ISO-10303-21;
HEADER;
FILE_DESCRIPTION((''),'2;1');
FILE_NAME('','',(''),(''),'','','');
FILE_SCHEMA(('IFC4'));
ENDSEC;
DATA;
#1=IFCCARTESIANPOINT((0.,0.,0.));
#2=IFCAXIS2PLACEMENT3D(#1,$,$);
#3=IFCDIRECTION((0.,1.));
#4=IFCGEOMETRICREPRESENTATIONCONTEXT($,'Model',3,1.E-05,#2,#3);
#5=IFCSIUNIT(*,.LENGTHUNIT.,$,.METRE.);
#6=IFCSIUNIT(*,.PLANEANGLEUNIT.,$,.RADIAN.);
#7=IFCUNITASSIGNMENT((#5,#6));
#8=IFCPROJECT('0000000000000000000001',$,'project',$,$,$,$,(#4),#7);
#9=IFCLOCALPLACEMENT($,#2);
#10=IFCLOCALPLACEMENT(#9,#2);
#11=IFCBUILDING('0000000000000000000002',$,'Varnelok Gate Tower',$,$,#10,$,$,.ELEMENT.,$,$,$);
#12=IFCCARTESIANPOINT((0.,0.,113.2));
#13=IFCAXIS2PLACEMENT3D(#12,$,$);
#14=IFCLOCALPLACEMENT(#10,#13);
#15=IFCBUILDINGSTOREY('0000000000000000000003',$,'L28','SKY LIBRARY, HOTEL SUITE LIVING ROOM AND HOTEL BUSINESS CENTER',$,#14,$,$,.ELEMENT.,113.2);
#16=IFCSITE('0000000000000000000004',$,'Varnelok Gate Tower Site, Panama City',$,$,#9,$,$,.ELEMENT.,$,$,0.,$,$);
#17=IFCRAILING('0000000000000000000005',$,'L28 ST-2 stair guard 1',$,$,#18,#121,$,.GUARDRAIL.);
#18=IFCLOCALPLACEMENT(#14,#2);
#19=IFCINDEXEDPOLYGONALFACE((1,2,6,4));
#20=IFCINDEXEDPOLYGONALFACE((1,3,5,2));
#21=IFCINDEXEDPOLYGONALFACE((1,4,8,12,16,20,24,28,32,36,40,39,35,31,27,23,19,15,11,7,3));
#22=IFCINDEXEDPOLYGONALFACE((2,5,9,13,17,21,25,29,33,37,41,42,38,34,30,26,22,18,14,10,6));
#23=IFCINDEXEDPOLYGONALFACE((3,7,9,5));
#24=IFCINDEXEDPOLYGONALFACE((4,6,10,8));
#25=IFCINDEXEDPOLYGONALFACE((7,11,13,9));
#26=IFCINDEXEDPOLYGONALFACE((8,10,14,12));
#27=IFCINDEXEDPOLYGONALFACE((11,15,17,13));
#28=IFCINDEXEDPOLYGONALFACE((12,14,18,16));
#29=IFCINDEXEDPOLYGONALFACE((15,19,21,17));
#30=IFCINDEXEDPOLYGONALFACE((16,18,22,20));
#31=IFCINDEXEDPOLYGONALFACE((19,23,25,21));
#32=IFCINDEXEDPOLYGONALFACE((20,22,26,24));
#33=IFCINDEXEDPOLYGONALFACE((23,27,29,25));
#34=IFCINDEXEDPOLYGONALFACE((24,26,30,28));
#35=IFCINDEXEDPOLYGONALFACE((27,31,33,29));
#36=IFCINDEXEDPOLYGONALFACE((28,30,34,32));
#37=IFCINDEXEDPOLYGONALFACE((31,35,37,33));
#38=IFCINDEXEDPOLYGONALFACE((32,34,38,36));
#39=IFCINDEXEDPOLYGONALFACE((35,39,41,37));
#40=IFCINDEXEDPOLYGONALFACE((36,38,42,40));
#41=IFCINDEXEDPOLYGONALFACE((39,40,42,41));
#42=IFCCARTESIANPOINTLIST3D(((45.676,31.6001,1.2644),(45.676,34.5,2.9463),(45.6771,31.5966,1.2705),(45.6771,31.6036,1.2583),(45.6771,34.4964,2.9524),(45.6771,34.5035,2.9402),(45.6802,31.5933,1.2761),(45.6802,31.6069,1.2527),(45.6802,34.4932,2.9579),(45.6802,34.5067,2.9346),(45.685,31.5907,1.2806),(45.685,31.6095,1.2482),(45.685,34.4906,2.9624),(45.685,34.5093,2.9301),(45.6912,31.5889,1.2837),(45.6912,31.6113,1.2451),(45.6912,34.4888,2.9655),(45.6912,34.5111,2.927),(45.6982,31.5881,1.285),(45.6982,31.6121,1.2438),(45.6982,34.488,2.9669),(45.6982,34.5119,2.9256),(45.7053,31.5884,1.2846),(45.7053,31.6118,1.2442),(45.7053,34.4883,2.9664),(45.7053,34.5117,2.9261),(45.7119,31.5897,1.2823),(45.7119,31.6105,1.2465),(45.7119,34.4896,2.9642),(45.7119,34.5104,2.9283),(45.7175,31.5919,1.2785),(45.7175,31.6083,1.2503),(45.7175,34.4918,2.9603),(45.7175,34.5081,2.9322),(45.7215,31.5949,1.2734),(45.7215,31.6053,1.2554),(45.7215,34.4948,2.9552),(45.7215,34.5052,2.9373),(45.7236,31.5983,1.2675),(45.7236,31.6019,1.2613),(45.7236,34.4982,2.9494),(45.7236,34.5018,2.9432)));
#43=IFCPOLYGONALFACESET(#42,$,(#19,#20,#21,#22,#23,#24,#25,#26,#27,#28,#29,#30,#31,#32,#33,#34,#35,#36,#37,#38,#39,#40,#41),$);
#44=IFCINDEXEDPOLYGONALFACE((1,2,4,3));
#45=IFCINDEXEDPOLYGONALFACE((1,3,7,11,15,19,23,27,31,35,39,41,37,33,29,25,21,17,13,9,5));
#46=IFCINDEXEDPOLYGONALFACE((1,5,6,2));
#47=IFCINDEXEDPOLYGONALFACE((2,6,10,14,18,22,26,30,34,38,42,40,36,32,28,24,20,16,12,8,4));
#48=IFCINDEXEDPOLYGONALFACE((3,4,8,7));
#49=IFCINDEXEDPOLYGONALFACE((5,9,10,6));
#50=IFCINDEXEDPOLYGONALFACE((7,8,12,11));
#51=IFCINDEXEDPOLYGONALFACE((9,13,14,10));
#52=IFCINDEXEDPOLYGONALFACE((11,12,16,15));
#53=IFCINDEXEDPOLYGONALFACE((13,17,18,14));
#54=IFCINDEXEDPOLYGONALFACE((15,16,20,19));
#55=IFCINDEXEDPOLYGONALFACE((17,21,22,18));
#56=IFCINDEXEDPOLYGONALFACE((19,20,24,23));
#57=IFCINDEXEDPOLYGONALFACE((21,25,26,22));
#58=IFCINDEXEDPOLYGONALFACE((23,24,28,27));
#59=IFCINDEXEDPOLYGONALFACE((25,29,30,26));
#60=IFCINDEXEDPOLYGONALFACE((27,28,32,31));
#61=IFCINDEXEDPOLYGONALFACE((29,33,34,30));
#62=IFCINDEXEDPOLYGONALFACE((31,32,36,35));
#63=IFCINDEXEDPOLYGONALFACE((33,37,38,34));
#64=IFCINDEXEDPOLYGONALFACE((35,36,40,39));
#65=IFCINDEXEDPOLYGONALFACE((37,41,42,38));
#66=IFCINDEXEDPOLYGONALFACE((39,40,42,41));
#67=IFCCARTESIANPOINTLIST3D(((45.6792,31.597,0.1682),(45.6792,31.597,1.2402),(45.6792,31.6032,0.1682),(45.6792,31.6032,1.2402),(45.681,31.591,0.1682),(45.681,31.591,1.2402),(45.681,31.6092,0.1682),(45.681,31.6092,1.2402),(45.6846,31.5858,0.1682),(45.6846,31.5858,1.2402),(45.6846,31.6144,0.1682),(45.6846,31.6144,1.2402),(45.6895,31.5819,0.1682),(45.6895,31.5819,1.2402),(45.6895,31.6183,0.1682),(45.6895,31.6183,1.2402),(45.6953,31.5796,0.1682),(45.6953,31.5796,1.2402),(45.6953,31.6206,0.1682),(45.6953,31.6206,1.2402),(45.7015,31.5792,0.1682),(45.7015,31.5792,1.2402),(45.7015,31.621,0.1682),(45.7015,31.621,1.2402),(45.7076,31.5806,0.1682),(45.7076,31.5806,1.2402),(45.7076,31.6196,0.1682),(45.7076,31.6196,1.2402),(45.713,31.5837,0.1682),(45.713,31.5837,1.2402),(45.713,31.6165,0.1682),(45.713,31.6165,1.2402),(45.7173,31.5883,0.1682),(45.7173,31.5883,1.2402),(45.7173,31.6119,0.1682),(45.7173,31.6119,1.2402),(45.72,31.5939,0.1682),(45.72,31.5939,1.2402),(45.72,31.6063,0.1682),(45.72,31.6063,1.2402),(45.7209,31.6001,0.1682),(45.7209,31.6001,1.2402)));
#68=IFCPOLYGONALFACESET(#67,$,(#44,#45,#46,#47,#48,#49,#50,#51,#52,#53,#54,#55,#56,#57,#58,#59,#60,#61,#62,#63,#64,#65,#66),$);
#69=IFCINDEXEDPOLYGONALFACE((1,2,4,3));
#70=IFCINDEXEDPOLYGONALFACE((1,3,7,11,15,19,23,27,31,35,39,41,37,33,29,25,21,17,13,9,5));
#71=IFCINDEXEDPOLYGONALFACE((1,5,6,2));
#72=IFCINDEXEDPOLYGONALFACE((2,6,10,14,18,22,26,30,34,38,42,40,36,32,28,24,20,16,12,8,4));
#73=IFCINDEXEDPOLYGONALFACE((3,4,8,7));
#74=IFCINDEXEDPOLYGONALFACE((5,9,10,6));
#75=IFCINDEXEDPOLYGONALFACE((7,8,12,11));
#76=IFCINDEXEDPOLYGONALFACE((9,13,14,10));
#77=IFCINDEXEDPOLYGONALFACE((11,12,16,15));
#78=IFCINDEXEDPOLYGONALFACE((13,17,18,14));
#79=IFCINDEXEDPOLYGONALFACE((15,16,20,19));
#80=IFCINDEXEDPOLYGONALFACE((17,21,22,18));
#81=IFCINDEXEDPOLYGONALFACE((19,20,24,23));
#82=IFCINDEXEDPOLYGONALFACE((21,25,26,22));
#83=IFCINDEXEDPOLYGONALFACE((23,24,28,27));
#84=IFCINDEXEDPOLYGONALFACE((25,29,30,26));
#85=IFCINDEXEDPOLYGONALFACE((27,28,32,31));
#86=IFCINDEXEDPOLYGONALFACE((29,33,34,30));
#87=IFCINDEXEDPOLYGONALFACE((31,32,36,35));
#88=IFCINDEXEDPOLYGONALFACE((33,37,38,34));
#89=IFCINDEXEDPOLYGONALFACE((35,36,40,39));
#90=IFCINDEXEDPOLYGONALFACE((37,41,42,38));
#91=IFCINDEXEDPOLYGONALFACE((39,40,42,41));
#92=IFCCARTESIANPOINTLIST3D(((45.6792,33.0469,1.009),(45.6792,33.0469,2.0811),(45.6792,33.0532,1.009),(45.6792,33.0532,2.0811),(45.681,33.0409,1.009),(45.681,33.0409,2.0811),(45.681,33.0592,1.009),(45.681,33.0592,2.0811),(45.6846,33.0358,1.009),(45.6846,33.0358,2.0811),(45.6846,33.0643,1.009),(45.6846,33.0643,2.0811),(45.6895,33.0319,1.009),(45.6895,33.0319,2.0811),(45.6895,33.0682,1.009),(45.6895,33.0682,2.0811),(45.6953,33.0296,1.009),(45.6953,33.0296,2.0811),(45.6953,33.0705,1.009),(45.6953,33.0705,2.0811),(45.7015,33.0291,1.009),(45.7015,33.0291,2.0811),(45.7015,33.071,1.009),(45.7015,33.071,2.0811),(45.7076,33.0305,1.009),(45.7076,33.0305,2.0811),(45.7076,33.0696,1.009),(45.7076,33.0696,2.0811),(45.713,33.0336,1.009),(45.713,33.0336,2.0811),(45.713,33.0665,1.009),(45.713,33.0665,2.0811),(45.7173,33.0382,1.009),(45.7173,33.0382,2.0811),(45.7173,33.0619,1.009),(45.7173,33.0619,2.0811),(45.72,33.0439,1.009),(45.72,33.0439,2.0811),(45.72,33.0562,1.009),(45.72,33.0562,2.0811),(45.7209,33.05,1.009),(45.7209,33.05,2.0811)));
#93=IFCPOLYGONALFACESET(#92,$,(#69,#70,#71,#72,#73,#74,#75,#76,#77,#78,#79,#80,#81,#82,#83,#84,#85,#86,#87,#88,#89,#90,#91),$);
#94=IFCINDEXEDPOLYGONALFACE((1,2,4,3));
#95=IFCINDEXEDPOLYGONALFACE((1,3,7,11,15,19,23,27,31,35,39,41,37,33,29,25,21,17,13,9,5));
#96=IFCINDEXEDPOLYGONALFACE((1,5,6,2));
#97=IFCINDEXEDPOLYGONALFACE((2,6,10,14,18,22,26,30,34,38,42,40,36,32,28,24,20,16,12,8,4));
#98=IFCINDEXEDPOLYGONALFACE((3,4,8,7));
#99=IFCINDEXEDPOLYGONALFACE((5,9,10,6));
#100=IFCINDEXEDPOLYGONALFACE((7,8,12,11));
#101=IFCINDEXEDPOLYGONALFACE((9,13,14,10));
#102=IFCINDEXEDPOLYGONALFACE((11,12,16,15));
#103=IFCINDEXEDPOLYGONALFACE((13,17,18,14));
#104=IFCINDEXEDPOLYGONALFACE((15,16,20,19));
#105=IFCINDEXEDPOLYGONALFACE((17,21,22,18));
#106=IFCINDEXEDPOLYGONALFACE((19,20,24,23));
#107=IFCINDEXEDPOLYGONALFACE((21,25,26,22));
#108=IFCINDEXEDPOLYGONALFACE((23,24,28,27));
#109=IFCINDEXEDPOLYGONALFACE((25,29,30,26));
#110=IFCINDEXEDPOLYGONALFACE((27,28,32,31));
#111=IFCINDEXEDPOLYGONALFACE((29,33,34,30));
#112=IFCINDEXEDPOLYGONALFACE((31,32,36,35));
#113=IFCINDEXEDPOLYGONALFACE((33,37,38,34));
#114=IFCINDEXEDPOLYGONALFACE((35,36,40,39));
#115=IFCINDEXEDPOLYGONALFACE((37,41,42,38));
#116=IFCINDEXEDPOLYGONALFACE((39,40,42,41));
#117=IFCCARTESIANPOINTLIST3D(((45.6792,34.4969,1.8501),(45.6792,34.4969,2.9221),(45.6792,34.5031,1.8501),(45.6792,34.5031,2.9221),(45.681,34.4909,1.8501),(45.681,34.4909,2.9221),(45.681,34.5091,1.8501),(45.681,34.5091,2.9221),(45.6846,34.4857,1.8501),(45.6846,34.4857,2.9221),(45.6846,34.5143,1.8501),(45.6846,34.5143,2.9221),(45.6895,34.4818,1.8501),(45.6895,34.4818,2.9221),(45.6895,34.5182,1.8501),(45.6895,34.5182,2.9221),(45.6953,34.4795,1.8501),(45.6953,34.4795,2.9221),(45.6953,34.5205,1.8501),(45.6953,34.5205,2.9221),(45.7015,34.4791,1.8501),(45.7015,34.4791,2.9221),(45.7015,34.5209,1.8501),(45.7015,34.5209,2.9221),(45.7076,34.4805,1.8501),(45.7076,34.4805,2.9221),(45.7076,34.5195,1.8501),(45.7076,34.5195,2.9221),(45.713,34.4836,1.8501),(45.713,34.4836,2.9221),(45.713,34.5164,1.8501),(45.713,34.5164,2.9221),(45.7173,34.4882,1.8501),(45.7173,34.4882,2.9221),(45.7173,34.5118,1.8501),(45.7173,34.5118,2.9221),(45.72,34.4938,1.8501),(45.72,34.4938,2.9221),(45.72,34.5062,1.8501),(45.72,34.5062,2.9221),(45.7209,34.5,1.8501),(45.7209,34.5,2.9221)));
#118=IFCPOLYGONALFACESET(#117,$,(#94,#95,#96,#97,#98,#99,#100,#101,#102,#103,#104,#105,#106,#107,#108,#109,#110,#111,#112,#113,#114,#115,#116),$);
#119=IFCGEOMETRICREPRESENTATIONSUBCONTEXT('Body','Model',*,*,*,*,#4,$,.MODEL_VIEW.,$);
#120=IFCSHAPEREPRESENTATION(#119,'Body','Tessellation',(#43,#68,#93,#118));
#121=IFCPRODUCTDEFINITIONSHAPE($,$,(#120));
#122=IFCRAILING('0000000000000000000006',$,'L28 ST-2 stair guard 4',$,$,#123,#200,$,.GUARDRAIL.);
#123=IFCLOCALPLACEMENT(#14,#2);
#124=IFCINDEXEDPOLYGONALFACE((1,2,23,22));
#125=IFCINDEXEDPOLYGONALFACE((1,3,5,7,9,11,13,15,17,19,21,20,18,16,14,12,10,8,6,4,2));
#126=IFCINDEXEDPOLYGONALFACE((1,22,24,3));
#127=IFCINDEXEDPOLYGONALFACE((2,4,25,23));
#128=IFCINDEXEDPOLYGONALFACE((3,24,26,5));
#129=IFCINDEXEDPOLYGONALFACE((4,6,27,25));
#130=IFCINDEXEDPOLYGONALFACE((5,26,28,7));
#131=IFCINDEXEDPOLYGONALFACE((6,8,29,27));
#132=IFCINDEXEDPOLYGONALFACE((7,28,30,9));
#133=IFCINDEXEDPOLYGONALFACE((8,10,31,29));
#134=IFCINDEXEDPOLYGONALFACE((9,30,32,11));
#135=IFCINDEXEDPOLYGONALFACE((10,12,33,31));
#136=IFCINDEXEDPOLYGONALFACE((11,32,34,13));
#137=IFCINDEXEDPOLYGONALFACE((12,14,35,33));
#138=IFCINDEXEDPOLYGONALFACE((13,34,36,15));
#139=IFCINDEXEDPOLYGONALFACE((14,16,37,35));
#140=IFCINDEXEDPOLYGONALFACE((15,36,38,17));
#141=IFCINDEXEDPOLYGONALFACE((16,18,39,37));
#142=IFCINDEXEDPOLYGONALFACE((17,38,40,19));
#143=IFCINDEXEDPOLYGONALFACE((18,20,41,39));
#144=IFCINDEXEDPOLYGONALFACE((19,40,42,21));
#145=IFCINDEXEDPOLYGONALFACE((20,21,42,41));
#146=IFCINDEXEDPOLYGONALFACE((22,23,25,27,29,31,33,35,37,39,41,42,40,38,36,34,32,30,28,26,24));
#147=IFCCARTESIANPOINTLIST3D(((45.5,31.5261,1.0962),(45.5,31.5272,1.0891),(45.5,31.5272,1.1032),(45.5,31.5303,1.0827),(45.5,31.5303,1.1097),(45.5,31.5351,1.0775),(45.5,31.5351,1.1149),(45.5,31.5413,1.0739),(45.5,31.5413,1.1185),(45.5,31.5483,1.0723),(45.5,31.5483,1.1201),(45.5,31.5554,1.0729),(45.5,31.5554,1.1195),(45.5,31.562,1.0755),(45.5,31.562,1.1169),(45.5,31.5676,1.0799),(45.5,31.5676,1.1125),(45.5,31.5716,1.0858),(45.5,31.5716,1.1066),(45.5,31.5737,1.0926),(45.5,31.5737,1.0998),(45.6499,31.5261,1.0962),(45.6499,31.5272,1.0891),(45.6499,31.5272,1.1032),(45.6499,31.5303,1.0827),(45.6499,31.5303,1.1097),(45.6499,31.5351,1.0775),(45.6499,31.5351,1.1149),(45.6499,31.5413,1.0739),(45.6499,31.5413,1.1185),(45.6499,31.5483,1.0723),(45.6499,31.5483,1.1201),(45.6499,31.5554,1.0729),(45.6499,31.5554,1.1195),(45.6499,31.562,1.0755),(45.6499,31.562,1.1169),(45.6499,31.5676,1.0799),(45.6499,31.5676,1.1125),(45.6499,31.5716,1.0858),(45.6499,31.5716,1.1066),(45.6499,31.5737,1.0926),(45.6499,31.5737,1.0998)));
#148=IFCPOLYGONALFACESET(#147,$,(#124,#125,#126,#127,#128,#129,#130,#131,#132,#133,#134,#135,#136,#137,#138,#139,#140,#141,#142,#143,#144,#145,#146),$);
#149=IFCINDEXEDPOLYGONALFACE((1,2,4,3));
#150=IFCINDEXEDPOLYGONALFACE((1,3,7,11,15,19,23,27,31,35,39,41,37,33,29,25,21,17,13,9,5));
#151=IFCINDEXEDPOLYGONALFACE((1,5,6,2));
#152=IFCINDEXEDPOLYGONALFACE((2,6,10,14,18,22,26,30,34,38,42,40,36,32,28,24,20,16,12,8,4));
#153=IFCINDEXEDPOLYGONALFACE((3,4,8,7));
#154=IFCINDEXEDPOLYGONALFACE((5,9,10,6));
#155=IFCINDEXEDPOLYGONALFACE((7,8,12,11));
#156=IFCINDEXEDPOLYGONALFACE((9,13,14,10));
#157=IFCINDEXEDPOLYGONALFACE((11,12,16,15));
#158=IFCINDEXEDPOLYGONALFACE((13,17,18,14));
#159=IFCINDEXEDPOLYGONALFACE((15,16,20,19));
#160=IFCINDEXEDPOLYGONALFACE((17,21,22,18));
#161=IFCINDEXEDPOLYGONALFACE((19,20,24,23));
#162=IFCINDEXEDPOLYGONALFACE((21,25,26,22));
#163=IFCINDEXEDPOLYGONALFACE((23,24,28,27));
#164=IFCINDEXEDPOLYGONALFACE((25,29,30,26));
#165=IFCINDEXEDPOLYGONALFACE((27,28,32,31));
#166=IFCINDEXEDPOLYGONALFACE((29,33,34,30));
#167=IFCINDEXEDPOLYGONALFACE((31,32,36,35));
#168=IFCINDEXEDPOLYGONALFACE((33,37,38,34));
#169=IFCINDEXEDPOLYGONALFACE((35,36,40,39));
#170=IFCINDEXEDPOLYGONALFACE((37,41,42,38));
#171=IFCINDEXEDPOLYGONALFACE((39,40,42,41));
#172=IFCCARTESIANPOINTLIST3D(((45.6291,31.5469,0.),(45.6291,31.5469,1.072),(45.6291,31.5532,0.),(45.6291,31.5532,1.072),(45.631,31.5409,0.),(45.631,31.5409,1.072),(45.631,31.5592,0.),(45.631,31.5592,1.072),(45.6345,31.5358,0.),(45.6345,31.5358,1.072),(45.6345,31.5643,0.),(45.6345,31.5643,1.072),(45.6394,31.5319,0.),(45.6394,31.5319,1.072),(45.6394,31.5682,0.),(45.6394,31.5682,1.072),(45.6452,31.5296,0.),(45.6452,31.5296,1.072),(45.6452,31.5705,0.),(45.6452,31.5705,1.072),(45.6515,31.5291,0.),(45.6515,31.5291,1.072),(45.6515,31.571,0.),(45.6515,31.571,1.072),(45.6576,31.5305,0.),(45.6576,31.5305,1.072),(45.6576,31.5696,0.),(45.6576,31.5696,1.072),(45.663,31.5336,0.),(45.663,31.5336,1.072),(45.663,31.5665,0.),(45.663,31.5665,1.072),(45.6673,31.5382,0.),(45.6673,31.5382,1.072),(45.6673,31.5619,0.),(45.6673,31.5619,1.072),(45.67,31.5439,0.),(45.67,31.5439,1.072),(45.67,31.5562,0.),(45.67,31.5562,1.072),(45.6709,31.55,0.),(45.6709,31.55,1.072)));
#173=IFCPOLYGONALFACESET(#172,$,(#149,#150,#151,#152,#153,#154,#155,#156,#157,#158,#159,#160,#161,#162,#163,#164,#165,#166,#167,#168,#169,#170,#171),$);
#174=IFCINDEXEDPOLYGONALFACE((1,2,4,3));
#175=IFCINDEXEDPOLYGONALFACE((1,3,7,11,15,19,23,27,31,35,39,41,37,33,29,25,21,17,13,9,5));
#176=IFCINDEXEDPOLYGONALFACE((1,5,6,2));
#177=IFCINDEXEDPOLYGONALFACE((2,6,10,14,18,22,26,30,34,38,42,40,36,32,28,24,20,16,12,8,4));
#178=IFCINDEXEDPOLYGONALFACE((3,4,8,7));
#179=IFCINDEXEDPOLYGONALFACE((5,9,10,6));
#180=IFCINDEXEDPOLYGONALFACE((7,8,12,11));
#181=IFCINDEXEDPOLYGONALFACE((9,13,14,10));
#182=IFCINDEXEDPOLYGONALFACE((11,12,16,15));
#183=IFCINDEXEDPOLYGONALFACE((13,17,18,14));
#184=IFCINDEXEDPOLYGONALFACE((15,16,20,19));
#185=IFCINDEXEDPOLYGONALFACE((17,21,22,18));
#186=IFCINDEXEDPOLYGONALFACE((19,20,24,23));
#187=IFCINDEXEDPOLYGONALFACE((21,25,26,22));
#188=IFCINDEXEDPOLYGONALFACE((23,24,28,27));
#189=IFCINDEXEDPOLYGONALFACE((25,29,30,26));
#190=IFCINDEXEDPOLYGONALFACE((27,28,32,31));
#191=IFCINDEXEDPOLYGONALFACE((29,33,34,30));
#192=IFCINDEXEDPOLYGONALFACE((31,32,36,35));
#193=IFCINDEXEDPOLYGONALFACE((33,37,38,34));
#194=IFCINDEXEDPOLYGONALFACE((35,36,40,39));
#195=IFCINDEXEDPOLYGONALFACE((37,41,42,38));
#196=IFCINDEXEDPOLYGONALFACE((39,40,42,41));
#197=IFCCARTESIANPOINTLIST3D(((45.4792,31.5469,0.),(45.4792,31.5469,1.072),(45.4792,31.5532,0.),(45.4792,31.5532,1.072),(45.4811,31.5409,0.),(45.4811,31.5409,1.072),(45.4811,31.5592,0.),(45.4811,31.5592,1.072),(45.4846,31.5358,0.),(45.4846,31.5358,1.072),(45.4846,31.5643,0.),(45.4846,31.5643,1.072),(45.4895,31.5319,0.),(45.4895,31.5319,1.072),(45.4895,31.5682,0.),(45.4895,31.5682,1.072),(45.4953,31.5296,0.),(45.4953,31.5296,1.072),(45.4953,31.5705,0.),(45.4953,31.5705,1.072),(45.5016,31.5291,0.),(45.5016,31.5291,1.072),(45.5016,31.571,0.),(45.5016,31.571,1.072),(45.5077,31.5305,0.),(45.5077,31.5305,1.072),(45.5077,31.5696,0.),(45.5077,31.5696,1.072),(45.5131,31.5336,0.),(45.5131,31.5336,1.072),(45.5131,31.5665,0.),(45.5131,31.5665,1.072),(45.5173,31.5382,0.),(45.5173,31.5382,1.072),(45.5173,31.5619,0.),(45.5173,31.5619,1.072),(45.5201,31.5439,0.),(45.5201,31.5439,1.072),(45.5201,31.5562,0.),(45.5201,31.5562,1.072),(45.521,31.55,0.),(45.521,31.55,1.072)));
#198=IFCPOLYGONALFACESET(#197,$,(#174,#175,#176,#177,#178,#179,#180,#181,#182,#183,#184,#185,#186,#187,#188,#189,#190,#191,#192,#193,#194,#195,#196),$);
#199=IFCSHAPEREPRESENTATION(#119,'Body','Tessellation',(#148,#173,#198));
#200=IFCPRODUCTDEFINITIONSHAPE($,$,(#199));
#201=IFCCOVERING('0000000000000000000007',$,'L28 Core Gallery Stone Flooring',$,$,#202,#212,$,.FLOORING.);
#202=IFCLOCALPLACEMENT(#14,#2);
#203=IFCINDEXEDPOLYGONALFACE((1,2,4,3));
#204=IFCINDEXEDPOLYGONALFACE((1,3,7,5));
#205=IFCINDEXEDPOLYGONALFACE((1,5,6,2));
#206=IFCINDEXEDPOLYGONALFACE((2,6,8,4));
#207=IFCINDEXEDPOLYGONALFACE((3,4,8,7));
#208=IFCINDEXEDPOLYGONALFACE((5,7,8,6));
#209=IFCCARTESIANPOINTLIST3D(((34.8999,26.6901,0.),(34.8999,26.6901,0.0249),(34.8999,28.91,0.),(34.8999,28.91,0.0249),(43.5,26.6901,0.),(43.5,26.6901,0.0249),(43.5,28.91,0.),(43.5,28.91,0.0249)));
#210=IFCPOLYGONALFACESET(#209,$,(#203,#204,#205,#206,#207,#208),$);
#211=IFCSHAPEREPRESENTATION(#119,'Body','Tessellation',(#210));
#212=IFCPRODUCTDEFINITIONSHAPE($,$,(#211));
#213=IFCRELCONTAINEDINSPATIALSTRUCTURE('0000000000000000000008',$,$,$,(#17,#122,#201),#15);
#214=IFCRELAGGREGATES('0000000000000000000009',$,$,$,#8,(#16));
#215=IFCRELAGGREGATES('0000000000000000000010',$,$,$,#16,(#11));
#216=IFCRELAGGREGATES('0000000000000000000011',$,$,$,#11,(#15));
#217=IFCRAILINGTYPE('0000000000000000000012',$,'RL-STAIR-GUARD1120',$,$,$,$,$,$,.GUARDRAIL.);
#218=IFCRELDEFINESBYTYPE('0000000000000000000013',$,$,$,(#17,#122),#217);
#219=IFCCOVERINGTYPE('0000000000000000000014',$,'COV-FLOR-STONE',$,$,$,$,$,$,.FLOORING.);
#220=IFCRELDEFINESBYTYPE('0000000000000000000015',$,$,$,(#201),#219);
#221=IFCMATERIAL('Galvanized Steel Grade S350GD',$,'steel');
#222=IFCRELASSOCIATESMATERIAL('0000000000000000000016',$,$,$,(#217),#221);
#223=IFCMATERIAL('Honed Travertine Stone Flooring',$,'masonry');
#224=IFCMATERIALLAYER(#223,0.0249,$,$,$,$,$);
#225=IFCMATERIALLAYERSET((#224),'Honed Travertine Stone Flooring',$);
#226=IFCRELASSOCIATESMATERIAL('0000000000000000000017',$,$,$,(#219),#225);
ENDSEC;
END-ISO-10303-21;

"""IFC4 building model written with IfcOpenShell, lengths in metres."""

from ifc_helpers import new_model, si_unit, direction, frame, origin, origin_2d, place, context, subcontext, project, spatial, rectangle, circle, extrude, source, transform, mapped, material, layer, layer_set, type_object, element, save


model = new_model("IFC4")

# Units and contexts
model_context = context("Model", 3, precision=1e-05, world=origin(), true_north=direction((0.0, 1.0)))
body_context = subcontext(model_context, "Body", "Model", "MODEL_VIEW")
ifc_project = project(units=[si_unit("LENGTHUNIT", "METRE"), si_unit("PLANEANGLEUNIT", "RADIAN")], contexts=[model_context])

# Site, building, storey
site_placement = place(None, origin())
site = spatial("IfcSite", under=ifc_project, at=site_placement, Name="Varnelok Gate Tower Site, Panama City", CompositionType="ELEMENT", RefElevation=0.0)
building_placement = place(site_placement, origin())
building = spatial("IfcBuilding", under=site, at=building_placement, Name="Varnelok Gate Tower", CompositionType="ELEMENT")
storey_placement = place(building_placement, frame((0.0, 0.0, 113.2)))
storey = spatial("IfcBuildingStorey", under=building, at=storey_placement, Name="L28", Description="SKY LIBRARY, HOTEL SUITE LIVING ROOM AND HOTEL BUSINESS CENTER", CompositionType="ELEMENT", Elevation=113.2)

# Shared definitions
ifc_material_1 = material(Name="Galvanized Steel Grade S350GD", Category="steel")

# Railings
railing_type_1 = type_object("IfcRailingType", Name="RL-STAIR-GUARD1120", PredefinedType="GUARDRAIL", material=ifc_material_1)
railing_1_placement = place(storey_placement, frame((45.7, 31.6001, 0.1682)))
element("IfcRailing", 1, at=railing_1_placement, inside=storey, type_object=railing_type_1, Name="L28 ST-2 stair guard 1", PredefinedType="GUARDRAIL", context=body_context, shape_type="SweptSolid", body=[
    extrude(circle(Radius=0.0239, at=origin_2d()), frame((0.0, 0.0, 1.0962), z_axis=(0.0, 0.865039, 0.501705), x_axis=(-1.0, 0.0, 0.0)), (0.0, 0.0, 1.0), 3.3523),
    extrude(circle(Radius=0.021, at=origin_2d()), origin(), (0.0, 0.0, 1.0), 1.072),
    extrude(circle(Radius=0.021, at=origin_2d()), frame((0.0, 1.45, 0.8408)), (0.0, 0.0, 1.0), 1.072),
    extrude(circle(Radius=0.021, at=origin_2d()), frame((0.0, 2.8999, 1.6819)), (0.0, 0.0, 1.0), 1.072),
])
railing_2_placement = place(storey_placement, frame((45.6499, 31.55, 0.0)))
element("IfcRailing", 2, at=railing_2_placement, inside=storey, type_object=railing_type_1, Name="L28 ST-2 stair guard 4", PredefinedType="GUARDRAIL", context=body_context, shape_type="SweptSolid", body=[
    extrude(circle(Radius=0.0239, at=origin_2d()), frame((0.0, 0.0, 1.0962), z_axis=(-1.0, 0.0, 0.0), x_axis=(0.0, -1.0, 0.0)), (0.0, 0.0, 1.0), 0.1499),
    extrude(circle(Radius=0.021, at=origin_2d()), origin(), (0.0, 0.0, 1.0), 1.072),
    extrude(circle(Radius=0.021, at=origin_2d()), frame((-0.1499, 0.0, 0.0)), (0.0, 0.0, 1.0), 1.072),
])

# Covering
ifc_material_2 = material(Name="Honed Travertine Stone Flooring", Category="masonry")
ifc_layer_1 = layer(ifc_material_2, 0.0249)
ifc_layer_set_1 = layer_set([ifc_layer_1], Name="Honed Travertine Stone Flooring")
covering_type_1 = type_object("IfcCoveringType", Name="COV-FLOR-STONE", PredefinedType="FLOORING", material=ifc_layer_set_1)
shared_shape_1 = source(origin(), body_context, "Body", "SweptSolid", [
    extrude(rectangle(XDim=8.6001, YDim=2.22, at=origin_2d()), origin(), (0.0, 0.0, 1.0), 0.0249),
])
covering_1_placement = place(storey_placement, frame((39.2, 27.8, 0.0), z_axis=(0.0, 0.0, 1.0), x_axis=(1.0, 0.0, 0.0)))
element("IfcCovering", 3, at=covering_1_placement, inside=storey, type_object=covering_type_1, Name="L28 Core Gallery Stone Flooring", PredefinedType="FLOORING", context=body_context, shape_type="MappedRepresentation", body=[
    mapped(shared_shape_1, transform((0.0, 0.0, 0.0), scale=1.0)),
])

save(model, "model.ifc")
